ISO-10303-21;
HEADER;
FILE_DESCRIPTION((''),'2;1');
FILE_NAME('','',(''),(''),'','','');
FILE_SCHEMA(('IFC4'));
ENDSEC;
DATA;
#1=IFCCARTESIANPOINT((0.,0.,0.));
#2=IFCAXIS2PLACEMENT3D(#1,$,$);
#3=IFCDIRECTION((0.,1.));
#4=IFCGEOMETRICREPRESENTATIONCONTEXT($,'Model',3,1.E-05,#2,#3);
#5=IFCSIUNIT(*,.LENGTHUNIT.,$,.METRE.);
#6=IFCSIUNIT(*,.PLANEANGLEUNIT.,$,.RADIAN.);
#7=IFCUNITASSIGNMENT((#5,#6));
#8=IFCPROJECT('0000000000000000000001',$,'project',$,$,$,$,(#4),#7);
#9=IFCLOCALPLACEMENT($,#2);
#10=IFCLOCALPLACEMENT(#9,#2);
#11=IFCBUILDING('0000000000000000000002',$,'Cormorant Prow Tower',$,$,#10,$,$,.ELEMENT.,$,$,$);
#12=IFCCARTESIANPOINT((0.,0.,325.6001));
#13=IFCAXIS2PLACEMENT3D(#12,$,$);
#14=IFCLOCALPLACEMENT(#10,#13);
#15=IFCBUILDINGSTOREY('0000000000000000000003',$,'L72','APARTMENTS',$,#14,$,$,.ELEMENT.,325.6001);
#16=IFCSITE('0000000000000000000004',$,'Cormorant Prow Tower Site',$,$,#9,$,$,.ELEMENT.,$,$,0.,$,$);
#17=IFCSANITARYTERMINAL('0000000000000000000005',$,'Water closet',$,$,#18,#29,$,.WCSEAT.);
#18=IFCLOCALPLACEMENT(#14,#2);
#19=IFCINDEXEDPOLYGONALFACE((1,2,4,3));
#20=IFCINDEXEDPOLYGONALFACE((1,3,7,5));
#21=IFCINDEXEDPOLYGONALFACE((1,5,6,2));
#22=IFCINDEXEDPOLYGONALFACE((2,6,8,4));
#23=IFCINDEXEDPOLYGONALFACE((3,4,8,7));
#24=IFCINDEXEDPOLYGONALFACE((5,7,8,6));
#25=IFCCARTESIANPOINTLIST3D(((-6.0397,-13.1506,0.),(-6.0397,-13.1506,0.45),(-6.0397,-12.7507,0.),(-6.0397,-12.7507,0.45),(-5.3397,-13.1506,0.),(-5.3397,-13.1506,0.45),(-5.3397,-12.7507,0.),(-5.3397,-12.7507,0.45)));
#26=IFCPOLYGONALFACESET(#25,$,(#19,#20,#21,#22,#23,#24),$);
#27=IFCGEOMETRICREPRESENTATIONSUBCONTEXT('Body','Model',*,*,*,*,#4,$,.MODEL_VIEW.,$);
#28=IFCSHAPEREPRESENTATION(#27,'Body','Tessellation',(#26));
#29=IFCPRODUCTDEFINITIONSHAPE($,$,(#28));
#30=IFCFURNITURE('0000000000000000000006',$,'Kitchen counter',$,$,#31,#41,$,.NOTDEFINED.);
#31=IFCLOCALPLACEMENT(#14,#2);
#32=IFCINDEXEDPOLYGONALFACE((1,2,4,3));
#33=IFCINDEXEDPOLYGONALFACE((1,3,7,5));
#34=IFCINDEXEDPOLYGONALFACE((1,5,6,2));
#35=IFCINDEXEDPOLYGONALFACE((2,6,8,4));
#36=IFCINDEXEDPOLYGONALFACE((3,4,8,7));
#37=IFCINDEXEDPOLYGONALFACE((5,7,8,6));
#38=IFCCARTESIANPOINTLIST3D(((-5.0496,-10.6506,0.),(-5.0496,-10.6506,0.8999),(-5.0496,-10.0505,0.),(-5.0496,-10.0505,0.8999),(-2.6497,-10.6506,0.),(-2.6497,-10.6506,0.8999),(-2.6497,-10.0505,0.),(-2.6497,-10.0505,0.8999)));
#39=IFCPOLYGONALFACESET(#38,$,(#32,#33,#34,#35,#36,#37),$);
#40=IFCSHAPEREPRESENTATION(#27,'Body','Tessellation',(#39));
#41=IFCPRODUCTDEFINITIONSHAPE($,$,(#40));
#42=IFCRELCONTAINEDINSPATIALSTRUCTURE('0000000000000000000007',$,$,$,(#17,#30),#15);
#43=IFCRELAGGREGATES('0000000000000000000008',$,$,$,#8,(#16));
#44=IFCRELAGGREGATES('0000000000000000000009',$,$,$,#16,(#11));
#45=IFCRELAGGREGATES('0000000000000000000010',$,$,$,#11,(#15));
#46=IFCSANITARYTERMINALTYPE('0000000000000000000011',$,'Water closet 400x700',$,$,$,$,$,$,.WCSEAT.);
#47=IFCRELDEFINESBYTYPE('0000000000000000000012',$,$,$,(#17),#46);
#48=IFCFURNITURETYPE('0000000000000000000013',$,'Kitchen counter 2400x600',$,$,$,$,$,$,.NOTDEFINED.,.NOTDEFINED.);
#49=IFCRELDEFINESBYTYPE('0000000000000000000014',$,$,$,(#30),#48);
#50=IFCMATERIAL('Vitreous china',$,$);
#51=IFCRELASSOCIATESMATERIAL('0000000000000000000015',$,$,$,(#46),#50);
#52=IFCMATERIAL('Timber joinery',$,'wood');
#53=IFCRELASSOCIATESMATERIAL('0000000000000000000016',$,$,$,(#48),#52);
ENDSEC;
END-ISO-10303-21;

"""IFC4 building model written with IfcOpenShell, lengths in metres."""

from ifc_helpers import new_model, si_unit, direction, frame, origin, origin_2d, place, context, subcontext, project, spatial, rectangle, extrude, material, type_object, element, save


model = new_model("IFC4")

# Units and contexts
model_context = context("Model", 3, precision=1e-05, world=origin(), true_north=direction((0.0, 1.0)))
body_context = subcontext(model_context, "Body", "Model", "MODEL_VIEW")
ifc_project = project(units=[si_unit("LENGTHUNIT", "METRE"), si_unit("PLANEANGLEUNIT", "RADIAN")], contexts=[model_context])

# Site, building, storey
site_placement = place(None, origin())
site = spatial("IfcSite", under=ifc_project, at=site_placement, Name="Cormorant Prow Tower Site", CompositionType="ELEMENT", RefElevation=0.0)
building_placement = place(site_placement, origin())
building = spatial("IfcBuilding", under=site, at=building_placement, Name="Cormorant Prow Tower", CompositionType="ELEMENT")
storey_placement = place(building_placement, frame((0.0, 0.0, 325.6001)))
storey = spatial("IfcBuildingStorey", under=building, at=storey_placement, Name="L72", Description="APARTMENTS", CompositionType="ELEMENT", Elevation=325.6001)

# Sanitary terminal
ifc_material_1 = material(Name="Vitreous china")
sanitary_terminal_type_1 = type_object("IfcSanitaryTerminalType", Name="Water closet 400x700", PredefinedType="WCSEAT", material=ifc_material_1)
sanitary_terminal_1_placement = place(storey_placement, frame((-5.6897, -12.9507, 0.0), z_axis=(0.0, 0.0, 1.0), x_axis=(0.0, -1.0, 0.0)))
element("IfcSanitaryTerminal", 1, at=sanitary_terminal_1_placement, inside=storey, type_object=sanitary_terminal_type_1, Name="Water closet", PredefinedType="WCSEAT", context=body_context, shape_type="SweptSolid", body=[
    extrude(rectangle(XDim=0.3999, YDim=0.7, at=origin_2d()), origin(), (0.0, 0.0, 1.0), 0.45),
])

# Furniture
ifc_material_2 = material(Name="Timber joinery", Category="wood")
furniture_type = type_object("IfcFurnitureType", Name="Kitchen counter 2400x600", AssemblyPlace="NOTDEFINED", PredefinedType="NOTDEFINED", material=ifc_material_2)
furniture_placement = place(storey_placement, frame((-3.8496, -10.3506, 0.0), z_axis=(0.0, 0.0, 1.0), x_axis=(1.0, 0.0, 0.0)))
element("IfcFurniture", 2, at=furniture_placement, inside=storey, type_object=furniture_type, Name="Kitchen counter", PredefinedType="NOTDEFINED", context=body_context, shape_type="SweptSolid", body=[
    extrude(rectangle(XDim=2.3999, YDim=0.6001, at=origin_2d()), origin(), (0.0, 0.0, 1.0), 0.8999),
])

save(model, "model.ifc")
